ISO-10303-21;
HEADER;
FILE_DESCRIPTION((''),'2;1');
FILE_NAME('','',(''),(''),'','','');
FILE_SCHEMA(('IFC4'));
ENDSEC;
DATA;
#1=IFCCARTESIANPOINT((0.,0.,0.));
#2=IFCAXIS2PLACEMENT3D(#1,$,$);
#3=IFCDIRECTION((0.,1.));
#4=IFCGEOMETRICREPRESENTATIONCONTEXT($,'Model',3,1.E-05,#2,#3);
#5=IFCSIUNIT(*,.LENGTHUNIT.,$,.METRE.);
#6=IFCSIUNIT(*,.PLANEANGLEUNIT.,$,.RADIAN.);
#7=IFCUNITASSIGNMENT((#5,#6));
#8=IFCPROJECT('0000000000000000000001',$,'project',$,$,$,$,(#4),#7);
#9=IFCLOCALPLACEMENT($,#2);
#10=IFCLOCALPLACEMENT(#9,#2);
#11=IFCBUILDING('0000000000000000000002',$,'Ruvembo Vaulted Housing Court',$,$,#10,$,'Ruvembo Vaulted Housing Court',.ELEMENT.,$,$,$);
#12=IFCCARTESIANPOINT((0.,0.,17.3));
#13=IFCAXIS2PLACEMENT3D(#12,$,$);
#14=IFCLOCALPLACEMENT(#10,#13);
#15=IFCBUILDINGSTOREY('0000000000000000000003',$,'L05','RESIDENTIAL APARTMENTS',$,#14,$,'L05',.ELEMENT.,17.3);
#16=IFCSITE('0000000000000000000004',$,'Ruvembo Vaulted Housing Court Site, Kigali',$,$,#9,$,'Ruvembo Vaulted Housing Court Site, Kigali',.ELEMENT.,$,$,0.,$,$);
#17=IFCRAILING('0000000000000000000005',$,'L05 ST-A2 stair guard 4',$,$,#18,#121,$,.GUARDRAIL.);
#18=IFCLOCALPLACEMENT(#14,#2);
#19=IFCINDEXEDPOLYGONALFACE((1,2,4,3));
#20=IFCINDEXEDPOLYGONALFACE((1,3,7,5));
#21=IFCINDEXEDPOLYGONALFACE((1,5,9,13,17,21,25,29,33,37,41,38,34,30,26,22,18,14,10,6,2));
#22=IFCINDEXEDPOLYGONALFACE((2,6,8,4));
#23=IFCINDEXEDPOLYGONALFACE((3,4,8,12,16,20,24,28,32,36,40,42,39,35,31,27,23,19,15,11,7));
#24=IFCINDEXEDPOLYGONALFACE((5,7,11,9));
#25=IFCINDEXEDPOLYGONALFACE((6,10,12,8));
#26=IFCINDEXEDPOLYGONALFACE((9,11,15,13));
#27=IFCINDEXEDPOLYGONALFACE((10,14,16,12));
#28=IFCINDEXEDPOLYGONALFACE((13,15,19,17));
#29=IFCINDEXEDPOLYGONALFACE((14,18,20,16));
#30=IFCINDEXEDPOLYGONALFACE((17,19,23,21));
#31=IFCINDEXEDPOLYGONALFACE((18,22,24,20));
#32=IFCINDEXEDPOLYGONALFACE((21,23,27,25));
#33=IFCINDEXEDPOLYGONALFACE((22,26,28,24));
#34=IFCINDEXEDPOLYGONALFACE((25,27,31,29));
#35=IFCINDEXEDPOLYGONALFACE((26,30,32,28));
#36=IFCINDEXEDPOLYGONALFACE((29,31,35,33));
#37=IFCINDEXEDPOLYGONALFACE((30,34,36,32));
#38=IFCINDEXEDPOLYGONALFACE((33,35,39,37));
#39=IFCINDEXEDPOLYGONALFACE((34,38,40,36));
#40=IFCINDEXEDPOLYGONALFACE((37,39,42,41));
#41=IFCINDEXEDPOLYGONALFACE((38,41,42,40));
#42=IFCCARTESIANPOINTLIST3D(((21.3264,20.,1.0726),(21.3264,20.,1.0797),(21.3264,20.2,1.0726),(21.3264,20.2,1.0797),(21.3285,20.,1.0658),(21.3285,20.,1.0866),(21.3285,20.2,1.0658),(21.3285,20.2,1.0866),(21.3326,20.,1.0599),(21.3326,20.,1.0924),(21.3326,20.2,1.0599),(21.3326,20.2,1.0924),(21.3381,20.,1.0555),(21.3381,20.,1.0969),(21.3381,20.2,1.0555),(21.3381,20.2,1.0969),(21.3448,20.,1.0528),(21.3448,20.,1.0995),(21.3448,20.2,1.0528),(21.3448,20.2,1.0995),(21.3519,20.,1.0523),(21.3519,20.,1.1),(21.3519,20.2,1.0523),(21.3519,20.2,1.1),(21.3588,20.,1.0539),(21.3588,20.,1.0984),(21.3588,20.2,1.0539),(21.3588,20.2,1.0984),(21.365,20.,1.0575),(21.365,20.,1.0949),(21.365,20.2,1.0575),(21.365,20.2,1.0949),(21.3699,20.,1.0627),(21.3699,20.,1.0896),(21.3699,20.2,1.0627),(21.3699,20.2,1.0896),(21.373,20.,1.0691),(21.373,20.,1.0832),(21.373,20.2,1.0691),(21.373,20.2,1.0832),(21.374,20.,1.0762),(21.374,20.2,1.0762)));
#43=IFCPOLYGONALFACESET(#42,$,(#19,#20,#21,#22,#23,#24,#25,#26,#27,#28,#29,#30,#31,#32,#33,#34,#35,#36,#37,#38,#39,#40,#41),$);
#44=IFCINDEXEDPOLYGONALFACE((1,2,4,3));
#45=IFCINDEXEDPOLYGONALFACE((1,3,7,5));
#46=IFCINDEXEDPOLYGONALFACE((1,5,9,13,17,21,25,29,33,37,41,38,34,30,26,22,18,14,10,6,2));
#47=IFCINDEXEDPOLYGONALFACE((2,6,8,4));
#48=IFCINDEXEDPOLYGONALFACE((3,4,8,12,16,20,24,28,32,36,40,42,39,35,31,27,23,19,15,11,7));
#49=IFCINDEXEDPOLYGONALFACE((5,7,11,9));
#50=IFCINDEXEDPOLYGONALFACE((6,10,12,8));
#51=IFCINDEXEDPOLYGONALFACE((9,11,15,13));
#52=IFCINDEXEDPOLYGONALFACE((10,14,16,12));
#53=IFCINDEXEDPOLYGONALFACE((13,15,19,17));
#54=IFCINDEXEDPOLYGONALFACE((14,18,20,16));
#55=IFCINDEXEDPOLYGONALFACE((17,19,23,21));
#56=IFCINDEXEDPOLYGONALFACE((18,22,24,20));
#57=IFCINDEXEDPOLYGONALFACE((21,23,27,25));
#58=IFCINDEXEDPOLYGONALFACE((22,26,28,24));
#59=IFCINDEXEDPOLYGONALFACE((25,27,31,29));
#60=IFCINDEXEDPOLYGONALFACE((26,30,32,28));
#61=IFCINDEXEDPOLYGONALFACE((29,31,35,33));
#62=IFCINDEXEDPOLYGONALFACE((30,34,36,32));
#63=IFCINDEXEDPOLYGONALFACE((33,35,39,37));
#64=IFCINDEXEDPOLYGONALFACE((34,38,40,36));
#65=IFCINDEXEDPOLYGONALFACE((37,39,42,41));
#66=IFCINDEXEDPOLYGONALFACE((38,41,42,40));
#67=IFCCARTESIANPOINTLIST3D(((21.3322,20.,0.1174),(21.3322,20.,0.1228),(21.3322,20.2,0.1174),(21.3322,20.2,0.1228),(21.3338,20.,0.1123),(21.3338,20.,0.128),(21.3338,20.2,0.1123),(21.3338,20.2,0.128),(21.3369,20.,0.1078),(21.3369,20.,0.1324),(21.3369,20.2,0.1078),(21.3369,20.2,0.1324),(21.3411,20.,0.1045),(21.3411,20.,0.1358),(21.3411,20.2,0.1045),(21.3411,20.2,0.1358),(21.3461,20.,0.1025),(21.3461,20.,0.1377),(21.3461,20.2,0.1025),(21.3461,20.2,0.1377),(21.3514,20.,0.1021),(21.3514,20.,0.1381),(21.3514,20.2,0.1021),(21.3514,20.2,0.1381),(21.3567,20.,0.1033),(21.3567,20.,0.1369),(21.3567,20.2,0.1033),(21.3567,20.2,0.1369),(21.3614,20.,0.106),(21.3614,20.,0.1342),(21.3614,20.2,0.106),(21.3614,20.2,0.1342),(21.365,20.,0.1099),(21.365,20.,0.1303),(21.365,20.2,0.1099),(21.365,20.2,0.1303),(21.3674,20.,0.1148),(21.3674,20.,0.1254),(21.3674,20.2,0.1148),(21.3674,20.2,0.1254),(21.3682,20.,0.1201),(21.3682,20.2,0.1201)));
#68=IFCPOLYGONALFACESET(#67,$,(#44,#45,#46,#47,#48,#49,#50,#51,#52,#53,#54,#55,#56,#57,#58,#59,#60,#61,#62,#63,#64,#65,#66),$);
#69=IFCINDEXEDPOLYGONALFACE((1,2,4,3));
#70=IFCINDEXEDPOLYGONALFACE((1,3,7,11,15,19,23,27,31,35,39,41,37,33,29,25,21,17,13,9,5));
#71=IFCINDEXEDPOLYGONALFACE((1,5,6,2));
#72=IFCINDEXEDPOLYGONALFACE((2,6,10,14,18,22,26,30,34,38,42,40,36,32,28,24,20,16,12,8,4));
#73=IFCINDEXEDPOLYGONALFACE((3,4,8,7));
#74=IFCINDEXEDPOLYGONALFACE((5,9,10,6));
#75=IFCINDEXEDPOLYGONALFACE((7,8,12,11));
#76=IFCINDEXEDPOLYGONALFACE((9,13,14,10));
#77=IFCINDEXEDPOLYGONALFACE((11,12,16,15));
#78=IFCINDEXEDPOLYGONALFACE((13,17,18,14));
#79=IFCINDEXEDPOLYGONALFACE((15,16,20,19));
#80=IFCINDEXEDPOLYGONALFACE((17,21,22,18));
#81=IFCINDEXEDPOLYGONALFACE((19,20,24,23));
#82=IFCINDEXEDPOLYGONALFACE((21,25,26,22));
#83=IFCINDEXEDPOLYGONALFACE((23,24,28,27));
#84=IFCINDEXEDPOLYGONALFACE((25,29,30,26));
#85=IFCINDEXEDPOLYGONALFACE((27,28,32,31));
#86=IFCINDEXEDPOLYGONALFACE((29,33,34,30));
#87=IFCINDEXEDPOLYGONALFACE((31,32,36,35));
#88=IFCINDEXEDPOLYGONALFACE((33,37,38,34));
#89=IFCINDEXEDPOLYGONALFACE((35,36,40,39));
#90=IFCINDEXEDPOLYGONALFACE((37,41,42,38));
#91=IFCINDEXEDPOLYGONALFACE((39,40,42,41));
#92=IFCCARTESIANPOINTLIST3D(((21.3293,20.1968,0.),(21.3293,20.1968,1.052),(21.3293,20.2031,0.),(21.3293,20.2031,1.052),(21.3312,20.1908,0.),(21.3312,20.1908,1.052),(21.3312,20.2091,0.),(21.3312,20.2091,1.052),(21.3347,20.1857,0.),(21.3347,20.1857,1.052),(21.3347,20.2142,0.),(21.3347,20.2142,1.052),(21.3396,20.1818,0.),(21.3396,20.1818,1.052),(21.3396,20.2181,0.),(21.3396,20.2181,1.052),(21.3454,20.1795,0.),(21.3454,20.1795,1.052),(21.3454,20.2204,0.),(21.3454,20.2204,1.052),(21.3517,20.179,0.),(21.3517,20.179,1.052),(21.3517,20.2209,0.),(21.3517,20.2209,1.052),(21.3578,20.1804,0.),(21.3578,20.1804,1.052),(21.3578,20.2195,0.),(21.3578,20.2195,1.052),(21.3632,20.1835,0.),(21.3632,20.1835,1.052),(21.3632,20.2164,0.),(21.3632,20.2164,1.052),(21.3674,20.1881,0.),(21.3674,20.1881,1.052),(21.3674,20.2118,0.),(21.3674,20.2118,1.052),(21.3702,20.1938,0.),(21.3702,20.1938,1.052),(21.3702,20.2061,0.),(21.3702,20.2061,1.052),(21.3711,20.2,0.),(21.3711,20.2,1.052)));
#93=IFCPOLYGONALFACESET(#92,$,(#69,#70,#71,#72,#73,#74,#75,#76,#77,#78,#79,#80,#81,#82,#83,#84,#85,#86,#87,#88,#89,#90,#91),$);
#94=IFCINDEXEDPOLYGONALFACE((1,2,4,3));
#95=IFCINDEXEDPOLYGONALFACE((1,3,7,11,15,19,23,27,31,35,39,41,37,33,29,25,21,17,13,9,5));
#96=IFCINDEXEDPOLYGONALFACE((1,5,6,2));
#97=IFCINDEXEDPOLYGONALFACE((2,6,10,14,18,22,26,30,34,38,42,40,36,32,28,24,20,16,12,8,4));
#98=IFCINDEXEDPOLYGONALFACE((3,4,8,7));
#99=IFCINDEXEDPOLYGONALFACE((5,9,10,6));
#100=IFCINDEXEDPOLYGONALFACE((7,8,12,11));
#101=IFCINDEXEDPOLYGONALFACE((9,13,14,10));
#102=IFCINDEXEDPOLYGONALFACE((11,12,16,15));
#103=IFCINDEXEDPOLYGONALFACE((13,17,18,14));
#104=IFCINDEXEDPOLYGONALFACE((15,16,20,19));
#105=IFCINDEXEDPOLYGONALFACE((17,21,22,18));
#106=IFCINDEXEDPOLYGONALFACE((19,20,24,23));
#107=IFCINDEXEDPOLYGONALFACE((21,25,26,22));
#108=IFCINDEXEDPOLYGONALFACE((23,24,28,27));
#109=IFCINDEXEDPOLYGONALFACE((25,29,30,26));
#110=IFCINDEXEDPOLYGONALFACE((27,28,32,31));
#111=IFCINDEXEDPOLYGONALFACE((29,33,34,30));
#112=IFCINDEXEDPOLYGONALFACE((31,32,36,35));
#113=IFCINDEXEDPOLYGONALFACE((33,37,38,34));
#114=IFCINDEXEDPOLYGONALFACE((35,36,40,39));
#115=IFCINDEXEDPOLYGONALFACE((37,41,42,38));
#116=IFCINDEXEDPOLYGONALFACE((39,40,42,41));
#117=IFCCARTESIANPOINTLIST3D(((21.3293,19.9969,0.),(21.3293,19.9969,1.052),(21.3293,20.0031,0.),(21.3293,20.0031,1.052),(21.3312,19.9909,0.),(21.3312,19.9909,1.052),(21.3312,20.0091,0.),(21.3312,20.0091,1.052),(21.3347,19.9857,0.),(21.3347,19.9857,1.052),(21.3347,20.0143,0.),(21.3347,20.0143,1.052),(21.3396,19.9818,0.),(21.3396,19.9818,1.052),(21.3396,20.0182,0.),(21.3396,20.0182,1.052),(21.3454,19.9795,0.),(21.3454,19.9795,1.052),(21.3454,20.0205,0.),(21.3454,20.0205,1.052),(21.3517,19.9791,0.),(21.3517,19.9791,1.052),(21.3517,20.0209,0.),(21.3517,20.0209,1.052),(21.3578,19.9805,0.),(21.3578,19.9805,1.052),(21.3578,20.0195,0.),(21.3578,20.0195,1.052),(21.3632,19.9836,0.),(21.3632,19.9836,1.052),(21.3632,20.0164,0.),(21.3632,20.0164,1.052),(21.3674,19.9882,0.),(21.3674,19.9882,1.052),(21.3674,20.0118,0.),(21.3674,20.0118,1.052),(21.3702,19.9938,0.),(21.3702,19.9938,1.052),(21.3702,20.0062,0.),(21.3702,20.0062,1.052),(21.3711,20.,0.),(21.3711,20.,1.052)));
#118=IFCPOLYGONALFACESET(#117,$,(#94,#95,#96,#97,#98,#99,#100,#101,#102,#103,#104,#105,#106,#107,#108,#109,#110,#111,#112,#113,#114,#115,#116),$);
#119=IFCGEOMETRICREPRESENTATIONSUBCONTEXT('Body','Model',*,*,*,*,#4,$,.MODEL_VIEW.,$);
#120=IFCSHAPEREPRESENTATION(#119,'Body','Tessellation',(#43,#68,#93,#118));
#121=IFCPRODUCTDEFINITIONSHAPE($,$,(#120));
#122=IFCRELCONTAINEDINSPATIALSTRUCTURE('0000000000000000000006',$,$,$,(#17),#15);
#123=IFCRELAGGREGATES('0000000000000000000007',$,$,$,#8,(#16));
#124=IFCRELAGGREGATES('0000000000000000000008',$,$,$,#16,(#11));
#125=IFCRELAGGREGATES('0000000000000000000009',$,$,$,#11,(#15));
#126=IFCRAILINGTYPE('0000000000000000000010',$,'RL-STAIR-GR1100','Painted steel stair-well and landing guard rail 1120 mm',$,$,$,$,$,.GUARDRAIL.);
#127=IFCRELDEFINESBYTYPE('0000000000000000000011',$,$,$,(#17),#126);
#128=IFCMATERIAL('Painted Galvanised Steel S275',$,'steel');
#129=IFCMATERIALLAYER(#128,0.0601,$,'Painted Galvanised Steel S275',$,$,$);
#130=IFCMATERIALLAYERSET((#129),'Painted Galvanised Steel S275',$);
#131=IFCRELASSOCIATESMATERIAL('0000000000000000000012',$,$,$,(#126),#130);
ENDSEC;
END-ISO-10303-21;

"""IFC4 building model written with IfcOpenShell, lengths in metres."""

from ifc_helpers import new_model, si_unit, direction, frame, origin, origin_2d, place, context, subcontext, project, spatial, circle, extrude, material, layer, layer_set, type_object, element, save


model = new_model("IFC4")

# Units and contexts
model_context = context("Model", 3, precision=1e-05, world=origin(), true_north=direction((0.0, 1.0)))
body_context = subcontext(model_context, "Body", "Model", "MODEL_VIEW")
ifc_project = project(units=[si_unit("LENGTHUNIT", "METRE"), si_unit("PLANEANGLEUNIT", "RADIAN")], contexts=[model_context])

# Site, building, storey
site_placement = place(None, origin())
site = spatial("IfcSite", under=ifc_project, at=site_placement, Name="Ruvembo Vaulted Housing Court Site, Kigali", LongName="Ruvembo Vaulted Housing Court Site, Kigali", CompositionType="ELEMENT", RefElevation=0.0)
building_placement = place(site_placement, origin())
building = spatial("IfcBuilding", under=site, at=building_placement, Name="Ruvembo Vaulted Housing Court", LongName="Ruvembo Vaulted Housing Court", CompositionType="ELEMENT")
storey_placement = place(building_placement, frame((0.0, 0.0, 17.3)))
storey = spatial("IfcBuildingStorey", under=building, at=storey_placement, Name="L05", Description="RESIDENTIAL APARTMENTS", LongName="L05", CompositionType="ELEMENT", Elevation=17.3)

# Railing
ifc_material_1 = material(Name="Painted Galvanised Steel S275", Category="steel")
ifc_layer_1 = layer(ifc_material_1, 0.0601, Name="Painted Galvanised Steel S275")
ifc_layer_set_1 = layer_set([ifc_layer_1], Name="Painted Galvanised Steel S275")
railing_type_1 = type_object("IfcRailingType", Name="RL-STAIR-GR1100", Description="Painted steel stair-well and landing guard rail 1120 mm", PredefinedType="GUARDRAIL", material=ifc_layer_set_1)
railing_1_placement = place(storey_placement, frame((21.3501, 20.2, 0.0)))
element("IfcRailing", 1, at=railing_1_placement, inside=storey, type_object=railing_type_1, Name="L05 ST-A2 stair guard 4", PredefinedType="GUARDRAIL", context=body_context, shape_type="SweptSolid", body=[
    extrude(circle(Radius=0.0239, at=origin_2d()), frame((0.0, 0.0, 1.0762), z_axis=(0.0, -1.0, 0.0), x_axis=(1.0, 0.0, 0.0)), (0.0, 0.0, 1.0), 0.2),
    extrude(circle(Radius=0.0181, at=origin_2d()), frame((0.0, 0.0, 0.1201), z_axis=(0.0, -1.0, 0.0), x_axis=(1.0, 0.0, 0.0)), (0.0, 0.0, 1.0), 0.2),
    extrude(circle(Radius=0.021, at=origin_2d()), origin(), (0.0, 0.0, 1.0), 1.052),
    extrude(circle(Radius=0.021, at=origin_2d()), frame((0.0, -0.2, 0.0)), (0.0, 0.0, 1.0), 1.052),
])

save(model, "model.ifc")
